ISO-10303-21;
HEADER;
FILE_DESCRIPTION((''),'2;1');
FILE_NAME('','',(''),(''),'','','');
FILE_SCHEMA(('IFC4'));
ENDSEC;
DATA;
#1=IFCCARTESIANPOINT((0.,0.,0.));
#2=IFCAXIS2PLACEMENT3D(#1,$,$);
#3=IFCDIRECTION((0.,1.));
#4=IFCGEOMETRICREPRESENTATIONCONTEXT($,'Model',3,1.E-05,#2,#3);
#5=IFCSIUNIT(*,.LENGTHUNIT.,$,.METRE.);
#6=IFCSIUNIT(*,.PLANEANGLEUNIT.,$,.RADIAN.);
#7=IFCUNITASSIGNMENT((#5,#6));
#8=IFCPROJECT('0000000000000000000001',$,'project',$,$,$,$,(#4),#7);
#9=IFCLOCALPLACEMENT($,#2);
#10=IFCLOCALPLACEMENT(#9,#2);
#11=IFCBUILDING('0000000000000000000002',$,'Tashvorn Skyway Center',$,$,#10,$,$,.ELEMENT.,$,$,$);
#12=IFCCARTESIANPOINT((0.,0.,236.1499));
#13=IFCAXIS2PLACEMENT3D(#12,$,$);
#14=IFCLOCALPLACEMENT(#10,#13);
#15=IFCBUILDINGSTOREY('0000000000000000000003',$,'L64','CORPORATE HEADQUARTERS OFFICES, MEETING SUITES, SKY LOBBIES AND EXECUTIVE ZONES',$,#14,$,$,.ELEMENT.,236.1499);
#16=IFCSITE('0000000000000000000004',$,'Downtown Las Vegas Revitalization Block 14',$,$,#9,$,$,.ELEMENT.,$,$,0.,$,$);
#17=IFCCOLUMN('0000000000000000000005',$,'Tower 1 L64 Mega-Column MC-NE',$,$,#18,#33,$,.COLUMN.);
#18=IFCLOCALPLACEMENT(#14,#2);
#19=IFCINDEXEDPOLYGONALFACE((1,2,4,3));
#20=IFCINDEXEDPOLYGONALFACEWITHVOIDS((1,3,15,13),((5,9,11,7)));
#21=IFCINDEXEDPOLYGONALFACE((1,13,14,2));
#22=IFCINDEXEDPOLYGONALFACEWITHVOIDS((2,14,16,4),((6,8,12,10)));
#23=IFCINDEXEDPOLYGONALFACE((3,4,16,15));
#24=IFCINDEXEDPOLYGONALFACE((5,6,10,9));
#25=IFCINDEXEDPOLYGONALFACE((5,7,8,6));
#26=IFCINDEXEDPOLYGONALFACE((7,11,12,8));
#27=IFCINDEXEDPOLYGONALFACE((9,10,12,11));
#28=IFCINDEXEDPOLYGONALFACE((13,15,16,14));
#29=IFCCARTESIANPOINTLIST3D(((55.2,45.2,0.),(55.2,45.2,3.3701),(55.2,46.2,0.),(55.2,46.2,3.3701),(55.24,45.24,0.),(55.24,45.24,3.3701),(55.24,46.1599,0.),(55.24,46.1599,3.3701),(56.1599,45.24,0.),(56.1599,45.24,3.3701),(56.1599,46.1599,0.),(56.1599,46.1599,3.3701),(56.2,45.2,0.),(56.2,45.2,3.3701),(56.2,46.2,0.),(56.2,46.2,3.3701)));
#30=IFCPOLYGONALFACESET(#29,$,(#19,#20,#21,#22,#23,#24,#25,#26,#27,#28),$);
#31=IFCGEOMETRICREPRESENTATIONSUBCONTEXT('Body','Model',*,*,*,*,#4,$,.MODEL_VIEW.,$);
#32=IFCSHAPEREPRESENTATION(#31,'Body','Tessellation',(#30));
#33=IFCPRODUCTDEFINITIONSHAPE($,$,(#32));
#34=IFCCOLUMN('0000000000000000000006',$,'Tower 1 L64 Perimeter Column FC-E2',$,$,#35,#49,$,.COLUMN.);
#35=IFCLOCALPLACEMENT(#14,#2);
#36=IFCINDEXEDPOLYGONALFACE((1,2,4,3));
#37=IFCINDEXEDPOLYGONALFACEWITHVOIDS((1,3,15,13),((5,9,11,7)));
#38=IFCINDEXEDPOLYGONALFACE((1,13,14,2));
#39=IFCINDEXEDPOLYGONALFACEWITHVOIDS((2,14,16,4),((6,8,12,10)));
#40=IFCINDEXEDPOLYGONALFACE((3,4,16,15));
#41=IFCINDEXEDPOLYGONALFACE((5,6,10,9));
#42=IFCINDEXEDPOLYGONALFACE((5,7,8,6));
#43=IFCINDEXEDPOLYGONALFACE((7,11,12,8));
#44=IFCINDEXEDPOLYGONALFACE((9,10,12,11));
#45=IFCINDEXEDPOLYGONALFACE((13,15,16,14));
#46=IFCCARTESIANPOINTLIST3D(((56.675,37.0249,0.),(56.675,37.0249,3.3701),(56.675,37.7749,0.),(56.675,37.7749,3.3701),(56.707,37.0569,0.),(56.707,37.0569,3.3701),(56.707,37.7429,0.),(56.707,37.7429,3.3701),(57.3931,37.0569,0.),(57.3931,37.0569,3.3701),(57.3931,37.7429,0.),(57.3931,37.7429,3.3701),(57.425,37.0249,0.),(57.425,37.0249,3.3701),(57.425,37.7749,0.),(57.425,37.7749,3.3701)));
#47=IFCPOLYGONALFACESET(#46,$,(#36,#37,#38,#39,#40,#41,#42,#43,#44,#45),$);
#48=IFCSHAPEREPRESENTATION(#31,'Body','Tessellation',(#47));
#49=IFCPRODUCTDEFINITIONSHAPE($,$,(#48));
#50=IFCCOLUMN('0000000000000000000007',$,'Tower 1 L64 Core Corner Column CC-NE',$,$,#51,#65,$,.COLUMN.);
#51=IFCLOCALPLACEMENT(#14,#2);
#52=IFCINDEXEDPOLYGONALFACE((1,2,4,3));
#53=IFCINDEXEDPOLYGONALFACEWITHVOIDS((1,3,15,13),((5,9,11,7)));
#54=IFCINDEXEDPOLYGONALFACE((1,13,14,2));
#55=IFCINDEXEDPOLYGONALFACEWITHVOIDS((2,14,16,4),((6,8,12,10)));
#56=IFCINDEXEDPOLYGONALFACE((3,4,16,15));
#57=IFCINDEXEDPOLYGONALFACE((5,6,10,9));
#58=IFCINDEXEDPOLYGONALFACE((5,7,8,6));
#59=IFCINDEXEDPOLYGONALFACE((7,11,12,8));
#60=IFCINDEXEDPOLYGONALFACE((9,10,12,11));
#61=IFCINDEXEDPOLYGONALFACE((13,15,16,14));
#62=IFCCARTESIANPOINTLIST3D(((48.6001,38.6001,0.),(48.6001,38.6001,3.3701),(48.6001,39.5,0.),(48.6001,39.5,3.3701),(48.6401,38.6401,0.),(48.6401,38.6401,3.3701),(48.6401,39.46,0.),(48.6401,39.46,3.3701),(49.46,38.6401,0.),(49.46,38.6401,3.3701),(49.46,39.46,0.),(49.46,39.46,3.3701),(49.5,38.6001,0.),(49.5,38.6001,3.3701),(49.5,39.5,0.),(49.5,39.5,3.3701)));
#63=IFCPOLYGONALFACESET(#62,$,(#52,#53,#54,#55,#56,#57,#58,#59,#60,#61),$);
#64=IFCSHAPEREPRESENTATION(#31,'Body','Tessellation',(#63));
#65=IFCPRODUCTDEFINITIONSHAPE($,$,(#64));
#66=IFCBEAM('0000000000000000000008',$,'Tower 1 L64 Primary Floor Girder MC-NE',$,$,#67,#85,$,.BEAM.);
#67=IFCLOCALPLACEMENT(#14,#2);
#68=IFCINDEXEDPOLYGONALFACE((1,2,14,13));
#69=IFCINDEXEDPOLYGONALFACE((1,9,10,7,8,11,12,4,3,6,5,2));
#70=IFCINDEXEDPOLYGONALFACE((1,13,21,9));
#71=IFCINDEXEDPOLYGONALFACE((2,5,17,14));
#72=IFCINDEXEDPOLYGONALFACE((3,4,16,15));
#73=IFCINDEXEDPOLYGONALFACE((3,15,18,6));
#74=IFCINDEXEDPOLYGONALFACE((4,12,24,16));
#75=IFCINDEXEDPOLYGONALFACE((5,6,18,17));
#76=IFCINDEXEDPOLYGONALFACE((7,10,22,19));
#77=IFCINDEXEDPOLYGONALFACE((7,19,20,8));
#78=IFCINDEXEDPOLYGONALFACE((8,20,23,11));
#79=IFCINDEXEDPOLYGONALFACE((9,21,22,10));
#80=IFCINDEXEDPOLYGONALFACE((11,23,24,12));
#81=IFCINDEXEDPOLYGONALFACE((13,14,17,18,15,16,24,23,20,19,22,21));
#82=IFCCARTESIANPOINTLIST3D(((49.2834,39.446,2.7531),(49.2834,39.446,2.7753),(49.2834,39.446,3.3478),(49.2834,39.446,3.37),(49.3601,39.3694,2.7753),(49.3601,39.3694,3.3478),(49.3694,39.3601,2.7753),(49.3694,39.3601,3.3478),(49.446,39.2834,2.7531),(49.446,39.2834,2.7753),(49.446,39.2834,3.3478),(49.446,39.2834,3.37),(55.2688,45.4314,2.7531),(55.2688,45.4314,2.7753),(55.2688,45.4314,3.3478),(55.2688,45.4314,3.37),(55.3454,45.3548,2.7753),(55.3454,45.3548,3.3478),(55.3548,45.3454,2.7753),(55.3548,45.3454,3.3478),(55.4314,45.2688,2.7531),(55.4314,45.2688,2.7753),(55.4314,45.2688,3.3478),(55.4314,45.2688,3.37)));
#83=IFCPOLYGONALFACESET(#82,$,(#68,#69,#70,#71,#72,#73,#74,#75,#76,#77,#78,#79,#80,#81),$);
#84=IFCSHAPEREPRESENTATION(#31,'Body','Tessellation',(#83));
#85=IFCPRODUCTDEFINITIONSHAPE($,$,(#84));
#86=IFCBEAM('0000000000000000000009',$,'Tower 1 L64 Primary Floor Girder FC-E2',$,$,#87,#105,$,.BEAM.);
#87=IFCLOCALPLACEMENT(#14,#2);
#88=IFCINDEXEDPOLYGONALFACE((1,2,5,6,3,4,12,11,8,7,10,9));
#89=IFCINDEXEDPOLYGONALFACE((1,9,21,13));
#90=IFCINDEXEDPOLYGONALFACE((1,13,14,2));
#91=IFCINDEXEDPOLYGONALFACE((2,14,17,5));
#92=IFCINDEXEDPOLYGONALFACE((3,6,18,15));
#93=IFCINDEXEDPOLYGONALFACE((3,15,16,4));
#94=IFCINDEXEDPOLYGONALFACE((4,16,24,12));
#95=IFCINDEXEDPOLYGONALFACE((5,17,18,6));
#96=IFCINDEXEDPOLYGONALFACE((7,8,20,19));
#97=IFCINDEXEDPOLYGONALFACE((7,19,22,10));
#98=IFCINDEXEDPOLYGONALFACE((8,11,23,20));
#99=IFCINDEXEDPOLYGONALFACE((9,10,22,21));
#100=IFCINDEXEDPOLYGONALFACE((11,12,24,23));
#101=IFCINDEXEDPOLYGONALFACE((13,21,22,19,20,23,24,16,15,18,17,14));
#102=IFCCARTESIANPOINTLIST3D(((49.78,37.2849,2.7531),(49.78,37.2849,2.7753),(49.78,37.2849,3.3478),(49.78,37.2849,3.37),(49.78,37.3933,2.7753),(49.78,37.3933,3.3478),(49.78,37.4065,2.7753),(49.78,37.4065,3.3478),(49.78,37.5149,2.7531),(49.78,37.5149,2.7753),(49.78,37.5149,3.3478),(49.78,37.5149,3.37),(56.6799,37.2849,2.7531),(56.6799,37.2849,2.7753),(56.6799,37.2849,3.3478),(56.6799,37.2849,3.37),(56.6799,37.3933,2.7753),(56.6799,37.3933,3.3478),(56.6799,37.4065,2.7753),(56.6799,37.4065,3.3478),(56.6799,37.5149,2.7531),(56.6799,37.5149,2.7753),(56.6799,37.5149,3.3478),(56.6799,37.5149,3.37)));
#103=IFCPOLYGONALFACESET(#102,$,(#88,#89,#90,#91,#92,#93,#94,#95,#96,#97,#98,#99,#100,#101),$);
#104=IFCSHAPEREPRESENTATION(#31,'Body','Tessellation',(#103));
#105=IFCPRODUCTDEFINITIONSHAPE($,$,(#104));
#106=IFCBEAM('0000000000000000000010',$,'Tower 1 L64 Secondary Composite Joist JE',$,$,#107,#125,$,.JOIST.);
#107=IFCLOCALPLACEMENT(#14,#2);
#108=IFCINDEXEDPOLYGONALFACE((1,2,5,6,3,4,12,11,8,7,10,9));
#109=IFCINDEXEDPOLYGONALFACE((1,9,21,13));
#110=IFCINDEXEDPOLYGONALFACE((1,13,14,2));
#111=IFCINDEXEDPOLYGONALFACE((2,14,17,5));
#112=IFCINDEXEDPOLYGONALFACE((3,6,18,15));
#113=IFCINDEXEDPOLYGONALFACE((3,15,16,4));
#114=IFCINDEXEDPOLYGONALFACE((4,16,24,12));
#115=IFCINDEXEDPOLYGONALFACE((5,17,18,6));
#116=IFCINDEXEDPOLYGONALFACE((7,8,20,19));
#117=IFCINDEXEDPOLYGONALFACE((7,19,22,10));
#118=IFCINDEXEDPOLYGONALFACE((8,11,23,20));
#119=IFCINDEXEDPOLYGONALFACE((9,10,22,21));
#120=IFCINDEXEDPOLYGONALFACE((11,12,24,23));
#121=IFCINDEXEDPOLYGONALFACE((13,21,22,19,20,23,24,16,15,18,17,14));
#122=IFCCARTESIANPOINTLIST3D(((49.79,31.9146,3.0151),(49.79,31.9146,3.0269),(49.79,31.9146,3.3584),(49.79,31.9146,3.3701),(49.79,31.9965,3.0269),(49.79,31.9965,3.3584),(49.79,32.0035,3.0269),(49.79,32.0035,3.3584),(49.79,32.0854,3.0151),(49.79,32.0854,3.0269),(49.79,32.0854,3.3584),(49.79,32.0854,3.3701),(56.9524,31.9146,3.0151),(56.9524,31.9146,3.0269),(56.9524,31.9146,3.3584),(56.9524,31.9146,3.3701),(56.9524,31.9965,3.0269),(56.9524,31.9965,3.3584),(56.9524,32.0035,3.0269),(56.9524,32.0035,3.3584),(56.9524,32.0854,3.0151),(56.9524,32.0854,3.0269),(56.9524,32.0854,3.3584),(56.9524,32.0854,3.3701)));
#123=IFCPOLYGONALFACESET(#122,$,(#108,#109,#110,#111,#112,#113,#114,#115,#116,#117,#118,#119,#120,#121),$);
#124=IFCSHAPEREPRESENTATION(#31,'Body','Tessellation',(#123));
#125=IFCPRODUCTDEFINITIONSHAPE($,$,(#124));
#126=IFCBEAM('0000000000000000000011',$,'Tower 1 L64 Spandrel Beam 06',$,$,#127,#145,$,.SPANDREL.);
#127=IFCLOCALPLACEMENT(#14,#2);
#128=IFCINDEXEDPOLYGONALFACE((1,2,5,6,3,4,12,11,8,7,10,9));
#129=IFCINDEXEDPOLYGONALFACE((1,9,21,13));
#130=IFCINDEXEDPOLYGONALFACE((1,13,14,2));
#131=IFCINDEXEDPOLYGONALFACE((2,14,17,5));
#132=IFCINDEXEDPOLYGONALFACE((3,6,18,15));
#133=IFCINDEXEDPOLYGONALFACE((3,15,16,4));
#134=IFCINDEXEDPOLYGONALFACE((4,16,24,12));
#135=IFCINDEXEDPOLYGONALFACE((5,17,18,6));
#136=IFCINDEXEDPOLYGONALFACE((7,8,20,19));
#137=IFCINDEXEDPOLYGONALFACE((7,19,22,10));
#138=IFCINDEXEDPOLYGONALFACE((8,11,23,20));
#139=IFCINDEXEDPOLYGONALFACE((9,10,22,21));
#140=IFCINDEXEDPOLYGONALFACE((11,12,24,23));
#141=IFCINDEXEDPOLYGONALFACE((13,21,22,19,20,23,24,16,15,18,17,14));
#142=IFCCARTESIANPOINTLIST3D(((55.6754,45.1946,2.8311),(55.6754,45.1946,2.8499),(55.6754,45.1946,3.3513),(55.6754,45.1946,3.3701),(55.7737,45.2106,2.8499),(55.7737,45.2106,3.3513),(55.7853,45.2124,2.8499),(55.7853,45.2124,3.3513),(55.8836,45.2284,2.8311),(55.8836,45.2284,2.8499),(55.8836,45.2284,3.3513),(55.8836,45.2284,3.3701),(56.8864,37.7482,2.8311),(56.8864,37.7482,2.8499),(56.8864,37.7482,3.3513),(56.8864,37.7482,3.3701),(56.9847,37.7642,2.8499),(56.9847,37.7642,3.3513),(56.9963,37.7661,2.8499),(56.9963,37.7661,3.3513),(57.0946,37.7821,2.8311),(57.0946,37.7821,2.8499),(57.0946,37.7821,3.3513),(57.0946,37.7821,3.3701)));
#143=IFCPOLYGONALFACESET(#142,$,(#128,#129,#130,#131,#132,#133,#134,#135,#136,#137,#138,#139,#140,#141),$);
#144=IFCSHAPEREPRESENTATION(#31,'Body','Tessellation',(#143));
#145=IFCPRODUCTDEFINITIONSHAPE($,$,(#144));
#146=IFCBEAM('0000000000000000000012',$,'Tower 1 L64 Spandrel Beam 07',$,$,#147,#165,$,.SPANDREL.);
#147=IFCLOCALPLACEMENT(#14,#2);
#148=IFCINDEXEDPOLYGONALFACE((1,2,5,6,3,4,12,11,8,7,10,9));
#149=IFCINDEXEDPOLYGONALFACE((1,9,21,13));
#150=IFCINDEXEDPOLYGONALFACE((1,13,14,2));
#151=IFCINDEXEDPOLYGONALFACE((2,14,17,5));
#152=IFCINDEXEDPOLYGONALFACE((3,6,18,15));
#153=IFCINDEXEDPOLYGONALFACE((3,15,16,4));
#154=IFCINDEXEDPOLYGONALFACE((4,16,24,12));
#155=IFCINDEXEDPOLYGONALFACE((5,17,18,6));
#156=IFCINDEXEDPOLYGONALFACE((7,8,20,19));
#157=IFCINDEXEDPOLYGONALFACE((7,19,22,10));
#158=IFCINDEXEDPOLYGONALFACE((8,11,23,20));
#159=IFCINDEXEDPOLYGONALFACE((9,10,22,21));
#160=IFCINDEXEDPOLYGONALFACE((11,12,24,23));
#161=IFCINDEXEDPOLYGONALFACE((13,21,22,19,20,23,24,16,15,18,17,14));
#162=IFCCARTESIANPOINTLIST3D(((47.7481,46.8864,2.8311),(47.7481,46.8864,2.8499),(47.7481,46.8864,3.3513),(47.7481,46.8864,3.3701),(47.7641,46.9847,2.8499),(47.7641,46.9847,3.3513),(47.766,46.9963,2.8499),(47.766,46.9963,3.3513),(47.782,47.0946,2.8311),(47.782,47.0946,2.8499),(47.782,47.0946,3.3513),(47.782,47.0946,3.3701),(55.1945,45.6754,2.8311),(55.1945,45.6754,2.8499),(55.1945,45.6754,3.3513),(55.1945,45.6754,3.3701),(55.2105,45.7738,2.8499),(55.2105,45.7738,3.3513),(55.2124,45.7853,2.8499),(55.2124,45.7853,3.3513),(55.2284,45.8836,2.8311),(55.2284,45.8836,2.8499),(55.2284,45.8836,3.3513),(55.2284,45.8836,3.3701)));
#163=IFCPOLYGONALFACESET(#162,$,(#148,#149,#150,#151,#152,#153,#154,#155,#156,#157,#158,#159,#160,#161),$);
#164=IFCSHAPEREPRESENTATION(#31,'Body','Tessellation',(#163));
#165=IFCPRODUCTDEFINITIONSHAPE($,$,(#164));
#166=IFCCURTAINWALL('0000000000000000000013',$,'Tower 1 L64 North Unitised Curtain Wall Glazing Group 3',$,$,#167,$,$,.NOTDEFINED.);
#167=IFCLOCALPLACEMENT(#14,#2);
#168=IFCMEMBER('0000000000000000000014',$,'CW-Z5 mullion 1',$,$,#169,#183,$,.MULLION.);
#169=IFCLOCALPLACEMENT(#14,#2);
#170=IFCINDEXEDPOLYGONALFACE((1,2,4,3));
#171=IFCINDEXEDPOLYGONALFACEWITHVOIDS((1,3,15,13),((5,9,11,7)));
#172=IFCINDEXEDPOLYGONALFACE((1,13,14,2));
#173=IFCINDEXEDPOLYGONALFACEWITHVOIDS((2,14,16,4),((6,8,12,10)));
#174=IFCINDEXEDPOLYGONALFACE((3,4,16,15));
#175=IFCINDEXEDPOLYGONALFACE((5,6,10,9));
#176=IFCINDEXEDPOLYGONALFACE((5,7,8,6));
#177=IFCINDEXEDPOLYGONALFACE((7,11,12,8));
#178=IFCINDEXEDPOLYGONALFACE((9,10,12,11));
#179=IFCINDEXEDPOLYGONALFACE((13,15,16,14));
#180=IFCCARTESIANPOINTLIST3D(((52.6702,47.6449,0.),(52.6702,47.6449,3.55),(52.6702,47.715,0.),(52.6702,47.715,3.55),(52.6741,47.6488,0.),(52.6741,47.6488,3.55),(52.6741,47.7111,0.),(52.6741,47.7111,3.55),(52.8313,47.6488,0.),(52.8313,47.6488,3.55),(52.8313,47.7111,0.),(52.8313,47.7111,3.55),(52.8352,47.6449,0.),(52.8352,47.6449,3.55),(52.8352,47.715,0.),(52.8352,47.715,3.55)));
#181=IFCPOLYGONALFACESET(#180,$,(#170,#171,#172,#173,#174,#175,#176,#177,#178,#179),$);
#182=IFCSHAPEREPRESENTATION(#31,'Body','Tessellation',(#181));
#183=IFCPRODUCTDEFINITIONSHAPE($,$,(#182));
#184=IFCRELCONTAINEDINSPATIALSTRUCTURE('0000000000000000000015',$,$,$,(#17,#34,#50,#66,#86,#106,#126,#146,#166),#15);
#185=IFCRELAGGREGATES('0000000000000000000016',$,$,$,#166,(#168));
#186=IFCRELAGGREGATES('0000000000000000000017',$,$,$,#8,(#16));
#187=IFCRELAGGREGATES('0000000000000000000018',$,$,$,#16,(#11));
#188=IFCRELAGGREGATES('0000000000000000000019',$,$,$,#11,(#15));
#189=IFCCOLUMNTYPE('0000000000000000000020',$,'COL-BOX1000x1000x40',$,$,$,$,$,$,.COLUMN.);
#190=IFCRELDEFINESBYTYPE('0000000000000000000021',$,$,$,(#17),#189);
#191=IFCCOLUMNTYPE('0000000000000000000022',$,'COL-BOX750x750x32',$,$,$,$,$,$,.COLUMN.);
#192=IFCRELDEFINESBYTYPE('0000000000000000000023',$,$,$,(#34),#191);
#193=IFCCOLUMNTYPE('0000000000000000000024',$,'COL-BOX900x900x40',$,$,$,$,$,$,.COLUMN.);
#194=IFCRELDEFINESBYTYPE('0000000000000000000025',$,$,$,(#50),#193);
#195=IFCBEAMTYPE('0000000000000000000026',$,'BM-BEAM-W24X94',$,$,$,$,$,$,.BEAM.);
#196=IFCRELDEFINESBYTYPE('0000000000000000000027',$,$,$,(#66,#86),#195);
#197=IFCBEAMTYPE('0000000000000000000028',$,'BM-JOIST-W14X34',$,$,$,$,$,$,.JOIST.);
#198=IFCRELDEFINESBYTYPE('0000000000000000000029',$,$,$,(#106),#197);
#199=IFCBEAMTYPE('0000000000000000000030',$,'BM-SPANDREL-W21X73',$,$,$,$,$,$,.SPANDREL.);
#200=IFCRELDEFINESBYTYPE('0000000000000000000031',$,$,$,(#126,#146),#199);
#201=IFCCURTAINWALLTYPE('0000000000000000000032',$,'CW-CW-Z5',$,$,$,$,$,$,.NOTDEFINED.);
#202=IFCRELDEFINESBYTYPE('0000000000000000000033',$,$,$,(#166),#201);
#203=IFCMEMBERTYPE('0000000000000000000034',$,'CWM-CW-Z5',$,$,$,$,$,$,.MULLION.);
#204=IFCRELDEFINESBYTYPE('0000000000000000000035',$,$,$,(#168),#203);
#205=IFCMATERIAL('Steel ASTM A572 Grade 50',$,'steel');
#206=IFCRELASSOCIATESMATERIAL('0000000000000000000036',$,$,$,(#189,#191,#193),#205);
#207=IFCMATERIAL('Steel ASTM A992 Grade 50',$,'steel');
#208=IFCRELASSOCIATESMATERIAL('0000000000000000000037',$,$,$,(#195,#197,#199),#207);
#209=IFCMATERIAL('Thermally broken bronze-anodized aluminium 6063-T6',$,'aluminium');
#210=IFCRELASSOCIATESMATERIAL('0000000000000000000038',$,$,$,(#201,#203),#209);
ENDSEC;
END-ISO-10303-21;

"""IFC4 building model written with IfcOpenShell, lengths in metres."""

from ifc_helpers import new_model, si_unit, direction, frame, origin, origin_2d, place, context, subcontext, project, spatial, hollow_rectangle, i_section, extrude, material, material_profile, profile_set, type_object, element, aggregate, save


model = new_model("IFC4")

# Units and contexts
model_context = context("Model", 3, precision=1e-05, world=origin(), true_north=direction((0.0, 1.0)))
body_context = subcontext(model_context, "Body", "Model", "MODEL_VIEW")
ifc_project = project(units=[si_unit("LENGTHUNIT", "METRE"), si_unit("PLANEANGLEUNIT", "RADIAN")], contexts=[model_context])

# Site, building, storey
site_placement = place(None, origin())
site = spatial("IfcSite", under=ifc_project, at=site_placement, Name="Downtown Las Vegas Revitalization Block 14", CompositionType="ELEMENT", RefElevation=0.0)
building_placement = place(site_placement, origin())
building = spatial("IfcBuilding", under=site, at=building_placement, Name="Tashvorn Skyway Center", CompositionType="ELEMENT")
storey_placement = place(building_placement, frame((0.0, 0.0, 236.1499)))
storey = spatial("IfcBuildingStorey", under=building, at=storey_placement, Name="L64", Description="CORPORATE HEADQUARTERS OFFICES, MEETING SUITES, SKY LOBBIES AND EXECUTIVE ZONES", CompositionType="ELEMENT", Elevation=236.1499)

# Columns
ifc_material_1 = material(Name="Steel ASTM A572 Grade 50", Category="steel")
ifc_material_profile_1 = material_profile(ifc_material_1, hollow_rectangle(XDim=1.0, YDim=1.0, WallThickness=0.04, at=origin_2d()), Name="BOX1000x1000x40")
ifc_profile_set_1 = profile_set([ifc_material_profile_1], Name="Steel ASTM A572 Grade 50")
column_type_1 = type_object("IfcColumnType", Name="COL-BOX1000x1000x40", PredefinedType="COLUMN", material=ifc_profile_set_1)
column_1_placement = place(storey_placement, frame((55.7, 45.7, 0.0), z_axis=(0.0, 0.0, 1.0), x_axis=(1.0, 0.0, 0.0)))
element("IfcColumn", 1, at=column_1_placement, inside=storey, type_object=column_type_1, Name="Tower 1 L64 Mega-Column MC-NE", PredefinedType="COLUMN", context=body_context, shape_type="SweptSolid", body=[
    extrude(hollow_rectangle(XDim=1.0, YDim=1.0, WallThickness=0.04, at=origin_2d()), origin(), (0.0, 0.0, 1.0), 3.3701),
])
ifc_material_profile_2 = material_profile(ifc_material_1, hollow_rectangle(XDim=0.75, YDim=0.75, WallThickness=0.032, at=origin_2d()), Name="BOX750x750x32")
ifc_profile_set_2 = profile_set([ifc_material_profile_2], Name="Steel ASTM A572 Grade 50")
column_type_2 = type_object("IfcColumnType", Name="COL-BOX750x750x32", PredefinedType="COLUMN", material=ifc_profile_set_2)
column_2_placement = place(storey_placement, frame((57.05, 37.3999, 0.0), z_axis=(0.0, 0.0, 1.0), x_axis=(1.0, 0.0, 0.0)))
element("IfcColumn", 2, at=column_2_placement, inside=storey, type_object=column_type_2, Name="Tower 1 L64 Perimeter Column FC-E2", PredefinedType="COLUMN", context=body_context, shape_type="SweptSolid", body=[
    extrude(hollow_rectangle(XDim=0.75, YDim=0.75, WallThickness=0.032, at=origin_2d()), origin(), (0.0, 0.0, 1.0), 3.3701),
])
ifc_material_profile_3 = material_profile(ifc_material_1, hollow_rectangle(XDim=0.8999, YDim=0.8999, WallThickness=0.04, at=origin_2d()), Name="BOX900x900x40")
ifc_profile_set_3 = profile_set([ifc_material_profile_3], Name="Steel ASTM A572 Grade 50")
column_type_3 = type_object("IfcColumnType", Name="COL-BOX900x900x40", PredefinedType="COLUMN", material=ifc_profile_set_3)
column_3_placement = place(storey_placement, frame((49.05, 39.05, 0.0), z_axis=(0.0, 0.0, 1.0), x_axis=(1.0, 0.0, 0.0)))
element("IfcColumn", 3, at=column_3_placement, inside=storey, type_object=column_type_3, Name="Tower 1 L64 Core Corner Column CC-NE", PredefinedType="COLUMN", context=body_context, shape_type="SweptSolid", body=[
    extrude(hollow_rectangle(XDim=0.8999, YDim=0.8999, WallThickness=0.04, at=origin_2d()), origin(), (0.0, 0.0, 1.0), 3.3701),
])

# Beams
ifc_material_2 = material(Name="Steel ASTM A992 Grade 50", Category="steel")
ifc_material_profile_4 = material_profile(ifc_material_2, i_section(OverallWidth=0.23, OverallDepth=0.6169, WebThickness=0.0132, FlangeThickness=0.0222, at=origin_2d()), Name="W24X94")
ifc_profile_set_4 = profile_set([ifc_material_profile_4], Name="Steel ASTM A992 Grade 50")
beam_type_1 = type_object("IfcBeamType", Name="BM-BEAM-W24X94", PredefinedType="BEAM", material=ifc_profile_set_4)
beam_1_placement = place(storey_placement, frame((55.3501, 45.3501, 3.0615), z_axis=(-0.707107, -0.707107, 0.0), x_axis=(0.707107, -0.707107, 0.0)))
element("IfcBeam", 4, at=beam_1_placement, inside=storey, type_object=beam_type_1, Name="Tower 1 L64 Primary Floor Girder MC-NE", PredefinedType="BEAM", context=body_context, shape_type="SweptSolid", body=[
    extrude(i_section(OverallWidth=0.23, OverallDepth=0.6169, WebThickness=0.0132, FlangeThickness=0.0222, at=origin_2d()), origin(), (0.0, 0.0, 1.0), 8.4646),
])
beam_2_placement = place(storey_placement, frame((56.6799, 37.3999, 3.0615), z_axis=(-1.0, 0.0, 0.0), x_axis=(0.0, -1.0, 0.0)))
element("IfcBeam", 5, at=beam_2_placement, inside=storey, type_object=beam_type_1, Name="Tower 1 L64 Primary Floor Girder FC-E2", PredefinedType="BEAM", context=body_context, shape_type="SweptSolid", body=[
    extrude(i_section(OverallWidth=0.23, OverallDepth=0.6169, WebThickness=0.0132, FlangeThickness=0.0222, at=origin_2d()), origin(), (0.0, 0.0, 1.0), 6.8999),
])
ifc_material_profile_5 = material_profile(ifc_material_2, i_section(OverallWidth=0.1709, OverallDepth=0.355, WebThickness=0.0071, FlangeThickness=0.0117, at=origin_2d()), Name="W14X34")
ifc_profile_set_5 = profile_set([ifc_material_profile_5], Name="Steel ASTM A992 Grade 50")
beam_type_2 = type_object("IfcBeamType", Name="BM-JOIST-W14X34", PredefinedType="JOIST", material=ifc_profile_set_5)
beam_3_placement = place(storey_placement, frame((49.79, 32.0, 3.1926), z_axis=(1.0, 0.0, 0.0), x_axis=(0.0, 1.0, 0.0)))
element("IfcBeam", 6, at=beam_3_placement, inside=storey, type_object=beam_type_2, Name="Tower 1 L64 Secondary Composite Joist JE", PredefinedType="JOIST", context=body_context, shape_type="SweptSolid", body=[
    extrude(i_section(OverallWidth=0.1709, OverallDepth=0.355, WebThickness=0.0071, FlangeThickness=0.0117, at=origin_2d()), origin(), (0.0, 0.0, 1.0), 7.1624),
])
ifc_material_profile_6 = material_profile(ifc_material_2, i_section(OverallWidth=0.2109, OverallDepth=0.5391, WebThickness=0.0117, FlangeThickness=0.0188, at=origin_2d()), Name="W21X73")
ifc_profile_set_6 = profile_set([ifc_material_profile_6], Name="Steel ASTM A992 Grade 50")
beam_type_3 = type_object("IfcBeamType", Name="BM-SPANDREL-W21X73", PredefinedType="SPANDREL", material=ifc_profile_set_6)
for number, where, z_axis, x_axis, name in (
    (7, (56.9905, 37.7651, 3.1006), (-0.160514, 0.987034, 0.0), (-0.987034, -0.160514, 0.0), "Tower 1 L64 Spandrel Beam 06"),
    (8, (55.2114, 45.7795, 3.1006), (-0.987034, 0.160514, 0.0), (-0.160514, -0.987034, 0.0), "Tower 1 L64 Spandrel Beam 07"),
):
    element("IfcBeam", number, at=place(storey_placement, frame(where, z_axis=z_axis, x_axis=x_axis)), inside=storey, type_object=beam_type_3, Name=name, PredefinedType="SPANDREL", context=body_context, shape_type="SweptSolid", body=[
        extrude(i_section(OverallWidth=0.2109, OverallDepth=0.5391, WebThickness=0.0117, FlangeThickness=0.0188, at=origin_2d()), origin(), (0.0, 0.0, 1.0), 7.5442),
    ])

# Curtain wall, member
ifc_material_3 = material(Name="Thermally broken bronze-anodized aluminium 6063-T6", Category="aluminium")
curtain_wall_type = type_object("IfcCurtainWallType", Name="CW-CW-Z5", PredefinedType="NOTDEFINED", material=ifc_material_3)
curtain_wall_1_placement = place(storey_placement, origin())
curtain_wall_1 = element("IfcCurtainWall", 9, at=curtain_wall_1_placement, inside=storey, type_object=curtain_wall_type, Name="Tower 1 L64 North Unitised Curtain Wall Glazing Group 3", PredefinedType="NOTDEFINED")
ifc_material_profile_7 = material_profile(ifc_material_3, hollow_rectangle(XDim=0.0701, YDim=0.165, WallThickness=0.0039, at=origin_2d()), Name="ALU-MULL-70x165")
ifc_profile_set_7 = profile_set([ifc_material_profile_7], Name="Thermally broken bronze-anodized aluminium 6063-T6")
member_type_1 = type_object("IfcMemberType", Name="CWM-CW-Z5", PredefinedType="MULLION", material=ifc_profile_set_7)
member_1_placement = place(storey_placement, frame((52.7527, 47.6799, 0.0), z_axis=(0.0, 0.0, 1.0), x_axis=(0.0, 1.0, 0.0)))
member_1 = element("IfcMember", 10, at=member_1_placement, type_object=member_type_1, Name="CW-Z5 mullion 1", PredefinedType="MULLION", context=body_context, shape_type="SweptSolid", body=[
    extrude(hollow_rectangle(XDim=0.0701, YDim=0.165, WallThickness=0.0039, at=origin_2d()), origin(), (0.0, 0.0, 1.0), 3.55),
])

aggregate(curtain_wall_1, [member_1])

save(model, "model.ifc")
